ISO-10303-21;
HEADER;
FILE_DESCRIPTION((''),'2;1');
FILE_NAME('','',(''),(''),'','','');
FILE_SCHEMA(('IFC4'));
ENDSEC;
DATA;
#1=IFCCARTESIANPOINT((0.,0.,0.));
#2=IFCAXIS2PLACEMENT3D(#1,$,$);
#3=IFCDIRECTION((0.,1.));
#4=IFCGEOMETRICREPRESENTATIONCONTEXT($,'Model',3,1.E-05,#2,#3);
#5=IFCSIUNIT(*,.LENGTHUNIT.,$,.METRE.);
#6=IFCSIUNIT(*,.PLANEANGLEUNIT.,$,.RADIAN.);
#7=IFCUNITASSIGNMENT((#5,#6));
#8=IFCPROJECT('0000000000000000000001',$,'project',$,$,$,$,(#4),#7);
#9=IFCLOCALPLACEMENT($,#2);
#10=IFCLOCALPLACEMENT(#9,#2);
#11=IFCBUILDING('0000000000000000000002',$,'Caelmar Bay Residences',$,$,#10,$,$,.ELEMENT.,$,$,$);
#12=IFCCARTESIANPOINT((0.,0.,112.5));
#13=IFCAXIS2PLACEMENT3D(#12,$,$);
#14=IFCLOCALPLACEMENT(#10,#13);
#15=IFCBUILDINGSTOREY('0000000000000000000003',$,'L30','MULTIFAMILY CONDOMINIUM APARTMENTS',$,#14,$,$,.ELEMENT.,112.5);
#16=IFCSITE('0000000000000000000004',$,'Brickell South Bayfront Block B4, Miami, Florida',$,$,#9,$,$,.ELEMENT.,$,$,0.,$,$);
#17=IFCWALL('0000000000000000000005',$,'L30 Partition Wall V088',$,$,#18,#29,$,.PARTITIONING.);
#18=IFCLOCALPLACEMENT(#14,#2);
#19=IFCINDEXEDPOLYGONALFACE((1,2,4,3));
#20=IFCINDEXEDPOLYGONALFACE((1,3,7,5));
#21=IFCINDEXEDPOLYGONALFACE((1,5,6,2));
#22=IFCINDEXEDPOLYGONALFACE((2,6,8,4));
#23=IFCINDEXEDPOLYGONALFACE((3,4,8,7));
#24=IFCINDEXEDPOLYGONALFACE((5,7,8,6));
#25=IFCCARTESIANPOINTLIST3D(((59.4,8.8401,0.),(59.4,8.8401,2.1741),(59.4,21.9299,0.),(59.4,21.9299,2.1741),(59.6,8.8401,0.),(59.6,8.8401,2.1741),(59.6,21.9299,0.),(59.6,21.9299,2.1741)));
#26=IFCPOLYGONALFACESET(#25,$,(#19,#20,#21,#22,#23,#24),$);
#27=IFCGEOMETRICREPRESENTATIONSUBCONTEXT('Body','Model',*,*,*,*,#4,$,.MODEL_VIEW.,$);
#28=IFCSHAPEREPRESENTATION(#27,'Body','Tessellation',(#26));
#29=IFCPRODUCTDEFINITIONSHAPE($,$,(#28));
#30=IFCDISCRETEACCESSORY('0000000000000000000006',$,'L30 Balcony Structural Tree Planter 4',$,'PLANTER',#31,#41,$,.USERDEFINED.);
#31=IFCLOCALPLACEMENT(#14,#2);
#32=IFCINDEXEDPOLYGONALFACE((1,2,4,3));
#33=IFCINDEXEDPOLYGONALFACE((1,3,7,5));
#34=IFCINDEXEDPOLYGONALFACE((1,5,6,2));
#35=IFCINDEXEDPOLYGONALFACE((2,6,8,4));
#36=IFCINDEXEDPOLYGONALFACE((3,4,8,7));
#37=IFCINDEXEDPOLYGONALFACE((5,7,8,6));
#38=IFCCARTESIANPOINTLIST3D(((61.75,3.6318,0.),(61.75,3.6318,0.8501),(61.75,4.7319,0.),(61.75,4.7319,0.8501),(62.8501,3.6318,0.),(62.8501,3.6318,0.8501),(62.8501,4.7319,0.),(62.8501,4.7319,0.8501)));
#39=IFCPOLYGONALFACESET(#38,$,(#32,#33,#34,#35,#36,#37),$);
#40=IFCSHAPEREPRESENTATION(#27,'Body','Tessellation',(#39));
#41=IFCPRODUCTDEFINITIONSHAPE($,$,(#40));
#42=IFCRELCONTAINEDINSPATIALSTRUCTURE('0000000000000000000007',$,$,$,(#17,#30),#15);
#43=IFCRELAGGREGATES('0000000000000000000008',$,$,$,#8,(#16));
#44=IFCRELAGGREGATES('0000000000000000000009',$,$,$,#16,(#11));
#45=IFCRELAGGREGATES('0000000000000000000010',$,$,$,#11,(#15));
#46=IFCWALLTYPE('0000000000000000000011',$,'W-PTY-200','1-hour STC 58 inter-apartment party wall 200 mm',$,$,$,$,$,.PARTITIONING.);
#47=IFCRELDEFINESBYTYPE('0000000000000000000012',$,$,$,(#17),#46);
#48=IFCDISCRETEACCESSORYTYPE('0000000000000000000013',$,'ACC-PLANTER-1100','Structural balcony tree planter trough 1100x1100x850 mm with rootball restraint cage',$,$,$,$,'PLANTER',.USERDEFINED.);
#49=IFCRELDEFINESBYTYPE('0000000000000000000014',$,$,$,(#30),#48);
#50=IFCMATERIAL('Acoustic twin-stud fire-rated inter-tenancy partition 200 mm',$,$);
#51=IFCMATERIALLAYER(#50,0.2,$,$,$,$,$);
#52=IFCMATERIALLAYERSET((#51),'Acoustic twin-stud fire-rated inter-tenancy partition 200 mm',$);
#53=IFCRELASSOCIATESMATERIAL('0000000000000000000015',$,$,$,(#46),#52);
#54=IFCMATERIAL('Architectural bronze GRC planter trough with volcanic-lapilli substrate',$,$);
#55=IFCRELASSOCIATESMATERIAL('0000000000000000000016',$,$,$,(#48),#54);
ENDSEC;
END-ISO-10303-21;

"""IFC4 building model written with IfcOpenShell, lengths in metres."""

from ifc_helpers import new_model, si_unit, direction, frame, frame_2d, origin, origin_2d, place, context, subcontext, project, spatial, rectangle, extrude, material, layer, layer_set, type_object, element, save


model = new_model("IFC4")

# Units and contexts
model_context = context("Model", 3, precision=1e-05, world=origin(), true_north=direction((0.0, 1.0)))
body_context = subcontext(model_context, "Body", "Model", "MODEL_VIEW")
ifc_project = project(units=[si_unit("LENGTHUNIT", "METRE"), si_unit("PLANEANGLEUNIT", "RADIAN")], contexts=[model_context])

# Site, building, storey
site_placement = place(None, origin())
site = spatial("IfcSite", under=ifc_project, at=site_placement, Name="Brickell South Bayfront Block B4, Miami, Florida", CompositionType="ELEMENT", RefElevation=0.0)
building_placement = place(site_placement, origin())
building = spatial("IfcBuilding", under=site, at=building_placement, Name="Caelmar Bay Residences", CompositionType="ELEMENT")
storey_placement = place(building_placement, frame((0.0, 0.0, 112.5)))
storey = spatial("IfcBuildingStorey", under=building, at=storey_placement, Name="L30", Description="MULTIFAMILY CONDOMINIUM APARTMENTS", CompositionType="ELEMENT", Elevation=112.5)

# Wall
ifc_material_1 = material(Name="Acoustic twin-stud fire-rated inter-tenancy partition 200 mm")
ifc_layer_1 = layer(ifc_material_1, 0.2)
ifc_layer_set_1 = layer_set([ifc_layer_1], Name="Acoustic twin-stud fire-rated inter-tenancy partition 200 mm")
wall_type_1 = type_object("IfcWallType", Name="W-PTY-200", Description="1-hour STC 58 inter-apartment party wall 200 mm", PredefinedType="PARTITIONING", material=ifc_layer_set_1)
wall_1_placement = place(storey_placement, frame((59.5, 8.8401, 0.0), z_axis=(0.0, 0.0, 1.0), x_axis=(0.0, 1.0, 0.0)))
element("IfcWall", 1, at=wall_1_placement, inside=storey, type_object=wall_type_1, Name="L30 Partition Wall V088", PredefinedType="PARTITIONING", context=body_context, shape_type="SweptSolid", body=[
    extrude(rectangle(XDim=13.0898, YDim=0.2, at=frame_2d((6.5449, 0.0))), origin(), (0.0, 0.0, 1.0), 2.1741),
])

# Discrete accessory
ifc_material_2 = material(Name="Architectural bronze GRC planter trough with volcanic-lapilli substrate")
discrete_accessory_type = type_object("IfcDiscreteAccessoryType", Name="ACC-PLANTER-1100", Description="Structural balcony tree planter trough 1100x1100x850 mm with rootball restraint cage", ElementType="PLANTER", PredefinedType="USERDEFINED", material=ifc_material_2)
discrete_accessory_placement = place(storey_placement, frame((62.3, 4.1819, 0.0), z_axis=(0.0, 0.0, 1.0), x_axis=(1.0, 0.0, 0.0)))
element("IfcDiscreteAccessory", 2, at=discrete_accessory_placement, inside=storey, type_object=discrete_accessory_type, Name="L30 Balcony Structural Tree Planter 4", ObjectType="PLANTER", PredefinedType="USERDEFINED", context=body_context, shape_type="SweptSolid", body=[
    extrude(rectangle(XDim=1.1001, YDim=1.1001, at=origin_2d()), origin(), (0.0, 0.0, 1.0), 0.8501),
])

save(model, "model.ifc")
